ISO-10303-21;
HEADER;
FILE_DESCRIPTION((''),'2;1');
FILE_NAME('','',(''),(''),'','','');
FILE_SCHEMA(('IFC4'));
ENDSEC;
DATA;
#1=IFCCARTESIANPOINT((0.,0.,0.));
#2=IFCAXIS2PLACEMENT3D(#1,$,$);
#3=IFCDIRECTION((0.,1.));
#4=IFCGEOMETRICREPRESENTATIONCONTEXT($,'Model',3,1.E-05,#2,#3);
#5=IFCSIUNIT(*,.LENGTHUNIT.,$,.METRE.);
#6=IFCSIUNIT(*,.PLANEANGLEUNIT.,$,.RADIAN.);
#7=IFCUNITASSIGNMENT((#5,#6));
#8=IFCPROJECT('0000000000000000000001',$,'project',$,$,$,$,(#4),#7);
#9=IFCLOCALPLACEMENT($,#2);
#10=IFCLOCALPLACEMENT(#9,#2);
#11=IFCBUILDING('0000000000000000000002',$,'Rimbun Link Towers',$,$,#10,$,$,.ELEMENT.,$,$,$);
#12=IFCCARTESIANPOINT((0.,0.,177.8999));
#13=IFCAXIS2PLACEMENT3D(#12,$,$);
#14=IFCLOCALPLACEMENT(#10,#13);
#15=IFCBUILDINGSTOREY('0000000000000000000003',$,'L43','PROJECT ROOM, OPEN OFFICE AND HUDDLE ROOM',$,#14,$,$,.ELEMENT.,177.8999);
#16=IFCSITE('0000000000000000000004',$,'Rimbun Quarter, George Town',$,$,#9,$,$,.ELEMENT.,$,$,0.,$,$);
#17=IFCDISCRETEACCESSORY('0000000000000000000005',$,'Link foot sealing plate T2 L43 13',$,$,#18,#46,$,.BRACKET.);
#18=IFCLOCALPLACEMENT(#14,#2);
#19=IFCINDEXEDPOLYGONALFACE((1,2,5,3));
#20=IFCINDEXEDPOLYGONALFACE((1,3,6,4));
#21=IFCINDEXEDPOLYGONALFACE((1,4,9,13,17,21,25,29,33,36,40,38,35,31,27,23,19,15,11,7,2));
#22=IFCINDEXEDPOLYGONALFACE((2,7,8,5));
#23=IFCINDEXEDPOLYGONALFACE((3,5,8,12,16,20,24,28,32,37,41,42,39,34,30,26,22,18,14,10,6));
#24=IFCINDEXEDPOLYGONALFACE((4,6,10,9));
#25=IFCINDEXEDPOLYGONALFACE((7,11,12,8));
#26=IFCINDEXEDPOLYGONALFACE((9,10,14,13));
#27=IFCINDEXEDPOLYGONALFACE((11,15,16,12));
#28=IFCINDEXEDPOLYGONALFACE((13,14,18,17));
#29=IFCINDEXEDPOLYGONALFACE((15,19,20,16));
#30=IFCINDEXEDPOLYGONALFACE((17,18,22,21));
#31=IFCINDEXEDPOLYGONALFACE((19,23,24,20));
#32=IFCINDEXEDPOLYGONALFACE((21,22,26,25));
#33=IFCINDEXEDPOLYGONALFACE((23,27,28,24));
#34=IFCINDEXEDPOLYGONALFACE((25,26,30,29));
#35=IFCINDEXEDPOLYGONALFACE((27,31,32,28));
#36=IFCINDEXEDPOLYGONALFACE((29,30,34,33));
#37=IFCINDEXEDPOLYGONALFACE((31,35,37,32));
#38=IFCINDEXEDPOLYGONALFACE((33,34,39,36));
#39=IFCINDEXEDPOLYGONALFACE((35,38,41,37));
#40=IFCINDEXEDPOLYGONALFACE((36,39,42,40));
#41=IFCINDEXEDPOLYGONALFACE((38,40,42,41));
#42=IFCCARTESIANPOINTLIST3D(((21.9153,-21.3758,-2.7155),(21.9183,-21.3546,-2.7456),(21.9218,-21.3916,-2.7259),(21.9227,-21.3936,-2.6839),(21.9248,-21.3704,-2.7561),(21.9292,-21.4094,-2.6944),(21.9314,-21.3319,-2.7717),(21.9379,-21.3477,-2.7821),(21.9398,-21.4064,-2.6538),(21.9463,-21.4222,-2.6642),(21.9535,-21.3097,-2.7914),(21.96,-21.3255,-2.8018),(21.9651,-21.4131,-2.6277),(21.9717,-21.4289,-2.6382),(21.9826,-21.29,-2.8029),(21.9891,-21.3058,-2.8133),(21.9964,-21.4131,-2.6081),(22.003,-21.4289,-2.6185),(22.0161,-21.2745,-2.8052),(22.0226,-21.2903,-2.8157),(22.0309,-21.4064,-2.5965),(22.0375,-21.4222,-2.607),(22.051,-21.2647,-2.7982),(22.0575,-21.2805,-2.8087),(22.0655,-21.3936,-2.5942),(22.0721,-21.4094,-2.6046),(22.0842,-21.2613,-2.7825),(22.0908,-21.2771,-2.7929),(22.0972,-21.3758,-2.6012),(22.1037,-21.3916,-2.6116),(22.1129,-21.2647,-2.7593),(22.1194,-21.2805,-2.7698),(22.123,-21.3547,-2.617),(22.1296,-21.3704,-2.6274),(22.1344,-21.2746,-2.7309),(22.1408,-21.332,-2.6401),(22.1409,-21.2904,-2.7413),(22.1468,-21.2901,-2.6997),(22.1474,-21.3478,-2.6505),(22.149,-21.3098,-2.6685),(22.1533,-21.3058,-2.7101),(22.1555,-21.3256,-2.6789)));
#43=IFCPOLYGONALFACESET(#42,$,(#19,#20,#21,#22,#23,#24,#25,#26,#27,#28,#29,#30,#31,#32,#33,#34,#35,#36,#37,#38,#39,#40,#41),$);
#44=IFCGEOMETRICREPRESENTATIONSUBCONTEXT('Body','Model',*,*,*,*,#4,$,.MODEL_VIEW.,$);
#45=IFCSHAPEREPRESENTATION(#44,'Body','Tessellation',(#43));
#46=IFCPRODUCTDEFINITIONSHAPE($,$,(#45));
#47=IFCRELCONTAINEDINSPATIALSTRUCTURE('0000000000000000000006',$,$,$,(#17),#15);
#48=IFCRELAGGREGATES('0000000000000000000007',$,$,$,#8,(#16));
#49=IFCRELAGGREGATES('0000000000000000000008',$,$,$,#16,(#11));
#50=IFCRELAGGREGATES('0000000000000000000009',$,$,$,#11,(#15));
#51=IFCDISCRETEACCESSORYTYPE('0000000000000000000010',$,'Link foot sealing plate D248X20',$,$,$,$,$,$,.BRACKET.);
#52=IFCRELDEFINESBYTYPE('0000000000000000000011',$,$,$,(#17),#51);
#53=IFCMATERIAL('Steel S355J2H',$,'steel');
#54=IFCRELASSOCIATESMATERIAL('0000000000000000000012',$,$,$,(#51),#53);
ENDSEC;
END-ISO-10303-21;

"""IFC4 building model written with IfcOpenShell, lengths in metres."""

from ifc_helpers import new_model, si_unit, direction, frame, origin, origin_2d, place, context, subcontext, project, spatial, circle, extrude, material, material_profile, profile_set, type_object, element, save


model = new_model("IFC4")

# Units and contexts
model_context = context("Model", 3, precision=1e-05, world=origin(), true_north=direction((0.0, 1.0)))
body_context = subcontext(model_context, "Body", "Model", "MODEL_VIEW")
ifc_project = project(units=[si_unit("LENGTHUNIT", "METRE"), si_unit("PLANEANGLEUNIT", "RADIAN")], contexts=[model_context])

# Site, building, storey
site_placement = place(None, origin())
site = spatial("IfcSite", under=ifc_project, at=site_placement, Name="Rimbun Quarter, George Town", CompositionType="ELEMENT", RefElevation=0.0)
building_placement = place(site_placement, origin())
building = spatial("IfcBuilding", under=site, at=building_placement, Name="Rimbun Link Towers", CompositionType="ELEMENT")
storey_placement = place(building_placement, frame((0.0, 0.0, 177.8999)))
storey = spatial("IfcBuildingStorey", under=building, at=storey_placement, Name="L43", Description="PROJECT ROOM, OPEN OFFICE AND HUDDLE ROOM", CompositionType="ELEMENT", Elevation=177.8999)

# Discrete accessory
ifc_material_1 = material(Name="Steel S355J2H", Category="steel")
ifc_material_profile_1 = material_profile(ifc_material_1, circle(Radius=0.124, at=origin_2d()), Name="PL D248")
ifc_profile_set_1 = profile_set([ifc_material_profile_1], Name="Steel S355J2H")
discrete_accessory_type = type_object("IfcDiscreteAccessoryType", Name="Link foot sealing plate D248X20", PredefinedType="BRACKET", material=ifc_profile_set_1)
discrete_accessory_placement = place(storey_placement, frame((22.0322, -21.3376, -2.6997), z_axis=(0.327351, -0.788067, -0.521337), x_axis=(0.923497, 0.383606, 0.0)))
element("IfcDiscreteAccessory", 1, at=discrete_accessory_placement, inside=storey, type_object=discrete_accessory_type, Name="Link foot sealing plate T2 L43 13", PredefinedType="BRACKET", context=body_context, shape_type="SweptSolid", body=[
    extrude(circle(Radius=0.124, at=origin_2d()), origin(), (0.0, 0.0, 1.0), 0.02),
])

save(model, "model.ifc")
